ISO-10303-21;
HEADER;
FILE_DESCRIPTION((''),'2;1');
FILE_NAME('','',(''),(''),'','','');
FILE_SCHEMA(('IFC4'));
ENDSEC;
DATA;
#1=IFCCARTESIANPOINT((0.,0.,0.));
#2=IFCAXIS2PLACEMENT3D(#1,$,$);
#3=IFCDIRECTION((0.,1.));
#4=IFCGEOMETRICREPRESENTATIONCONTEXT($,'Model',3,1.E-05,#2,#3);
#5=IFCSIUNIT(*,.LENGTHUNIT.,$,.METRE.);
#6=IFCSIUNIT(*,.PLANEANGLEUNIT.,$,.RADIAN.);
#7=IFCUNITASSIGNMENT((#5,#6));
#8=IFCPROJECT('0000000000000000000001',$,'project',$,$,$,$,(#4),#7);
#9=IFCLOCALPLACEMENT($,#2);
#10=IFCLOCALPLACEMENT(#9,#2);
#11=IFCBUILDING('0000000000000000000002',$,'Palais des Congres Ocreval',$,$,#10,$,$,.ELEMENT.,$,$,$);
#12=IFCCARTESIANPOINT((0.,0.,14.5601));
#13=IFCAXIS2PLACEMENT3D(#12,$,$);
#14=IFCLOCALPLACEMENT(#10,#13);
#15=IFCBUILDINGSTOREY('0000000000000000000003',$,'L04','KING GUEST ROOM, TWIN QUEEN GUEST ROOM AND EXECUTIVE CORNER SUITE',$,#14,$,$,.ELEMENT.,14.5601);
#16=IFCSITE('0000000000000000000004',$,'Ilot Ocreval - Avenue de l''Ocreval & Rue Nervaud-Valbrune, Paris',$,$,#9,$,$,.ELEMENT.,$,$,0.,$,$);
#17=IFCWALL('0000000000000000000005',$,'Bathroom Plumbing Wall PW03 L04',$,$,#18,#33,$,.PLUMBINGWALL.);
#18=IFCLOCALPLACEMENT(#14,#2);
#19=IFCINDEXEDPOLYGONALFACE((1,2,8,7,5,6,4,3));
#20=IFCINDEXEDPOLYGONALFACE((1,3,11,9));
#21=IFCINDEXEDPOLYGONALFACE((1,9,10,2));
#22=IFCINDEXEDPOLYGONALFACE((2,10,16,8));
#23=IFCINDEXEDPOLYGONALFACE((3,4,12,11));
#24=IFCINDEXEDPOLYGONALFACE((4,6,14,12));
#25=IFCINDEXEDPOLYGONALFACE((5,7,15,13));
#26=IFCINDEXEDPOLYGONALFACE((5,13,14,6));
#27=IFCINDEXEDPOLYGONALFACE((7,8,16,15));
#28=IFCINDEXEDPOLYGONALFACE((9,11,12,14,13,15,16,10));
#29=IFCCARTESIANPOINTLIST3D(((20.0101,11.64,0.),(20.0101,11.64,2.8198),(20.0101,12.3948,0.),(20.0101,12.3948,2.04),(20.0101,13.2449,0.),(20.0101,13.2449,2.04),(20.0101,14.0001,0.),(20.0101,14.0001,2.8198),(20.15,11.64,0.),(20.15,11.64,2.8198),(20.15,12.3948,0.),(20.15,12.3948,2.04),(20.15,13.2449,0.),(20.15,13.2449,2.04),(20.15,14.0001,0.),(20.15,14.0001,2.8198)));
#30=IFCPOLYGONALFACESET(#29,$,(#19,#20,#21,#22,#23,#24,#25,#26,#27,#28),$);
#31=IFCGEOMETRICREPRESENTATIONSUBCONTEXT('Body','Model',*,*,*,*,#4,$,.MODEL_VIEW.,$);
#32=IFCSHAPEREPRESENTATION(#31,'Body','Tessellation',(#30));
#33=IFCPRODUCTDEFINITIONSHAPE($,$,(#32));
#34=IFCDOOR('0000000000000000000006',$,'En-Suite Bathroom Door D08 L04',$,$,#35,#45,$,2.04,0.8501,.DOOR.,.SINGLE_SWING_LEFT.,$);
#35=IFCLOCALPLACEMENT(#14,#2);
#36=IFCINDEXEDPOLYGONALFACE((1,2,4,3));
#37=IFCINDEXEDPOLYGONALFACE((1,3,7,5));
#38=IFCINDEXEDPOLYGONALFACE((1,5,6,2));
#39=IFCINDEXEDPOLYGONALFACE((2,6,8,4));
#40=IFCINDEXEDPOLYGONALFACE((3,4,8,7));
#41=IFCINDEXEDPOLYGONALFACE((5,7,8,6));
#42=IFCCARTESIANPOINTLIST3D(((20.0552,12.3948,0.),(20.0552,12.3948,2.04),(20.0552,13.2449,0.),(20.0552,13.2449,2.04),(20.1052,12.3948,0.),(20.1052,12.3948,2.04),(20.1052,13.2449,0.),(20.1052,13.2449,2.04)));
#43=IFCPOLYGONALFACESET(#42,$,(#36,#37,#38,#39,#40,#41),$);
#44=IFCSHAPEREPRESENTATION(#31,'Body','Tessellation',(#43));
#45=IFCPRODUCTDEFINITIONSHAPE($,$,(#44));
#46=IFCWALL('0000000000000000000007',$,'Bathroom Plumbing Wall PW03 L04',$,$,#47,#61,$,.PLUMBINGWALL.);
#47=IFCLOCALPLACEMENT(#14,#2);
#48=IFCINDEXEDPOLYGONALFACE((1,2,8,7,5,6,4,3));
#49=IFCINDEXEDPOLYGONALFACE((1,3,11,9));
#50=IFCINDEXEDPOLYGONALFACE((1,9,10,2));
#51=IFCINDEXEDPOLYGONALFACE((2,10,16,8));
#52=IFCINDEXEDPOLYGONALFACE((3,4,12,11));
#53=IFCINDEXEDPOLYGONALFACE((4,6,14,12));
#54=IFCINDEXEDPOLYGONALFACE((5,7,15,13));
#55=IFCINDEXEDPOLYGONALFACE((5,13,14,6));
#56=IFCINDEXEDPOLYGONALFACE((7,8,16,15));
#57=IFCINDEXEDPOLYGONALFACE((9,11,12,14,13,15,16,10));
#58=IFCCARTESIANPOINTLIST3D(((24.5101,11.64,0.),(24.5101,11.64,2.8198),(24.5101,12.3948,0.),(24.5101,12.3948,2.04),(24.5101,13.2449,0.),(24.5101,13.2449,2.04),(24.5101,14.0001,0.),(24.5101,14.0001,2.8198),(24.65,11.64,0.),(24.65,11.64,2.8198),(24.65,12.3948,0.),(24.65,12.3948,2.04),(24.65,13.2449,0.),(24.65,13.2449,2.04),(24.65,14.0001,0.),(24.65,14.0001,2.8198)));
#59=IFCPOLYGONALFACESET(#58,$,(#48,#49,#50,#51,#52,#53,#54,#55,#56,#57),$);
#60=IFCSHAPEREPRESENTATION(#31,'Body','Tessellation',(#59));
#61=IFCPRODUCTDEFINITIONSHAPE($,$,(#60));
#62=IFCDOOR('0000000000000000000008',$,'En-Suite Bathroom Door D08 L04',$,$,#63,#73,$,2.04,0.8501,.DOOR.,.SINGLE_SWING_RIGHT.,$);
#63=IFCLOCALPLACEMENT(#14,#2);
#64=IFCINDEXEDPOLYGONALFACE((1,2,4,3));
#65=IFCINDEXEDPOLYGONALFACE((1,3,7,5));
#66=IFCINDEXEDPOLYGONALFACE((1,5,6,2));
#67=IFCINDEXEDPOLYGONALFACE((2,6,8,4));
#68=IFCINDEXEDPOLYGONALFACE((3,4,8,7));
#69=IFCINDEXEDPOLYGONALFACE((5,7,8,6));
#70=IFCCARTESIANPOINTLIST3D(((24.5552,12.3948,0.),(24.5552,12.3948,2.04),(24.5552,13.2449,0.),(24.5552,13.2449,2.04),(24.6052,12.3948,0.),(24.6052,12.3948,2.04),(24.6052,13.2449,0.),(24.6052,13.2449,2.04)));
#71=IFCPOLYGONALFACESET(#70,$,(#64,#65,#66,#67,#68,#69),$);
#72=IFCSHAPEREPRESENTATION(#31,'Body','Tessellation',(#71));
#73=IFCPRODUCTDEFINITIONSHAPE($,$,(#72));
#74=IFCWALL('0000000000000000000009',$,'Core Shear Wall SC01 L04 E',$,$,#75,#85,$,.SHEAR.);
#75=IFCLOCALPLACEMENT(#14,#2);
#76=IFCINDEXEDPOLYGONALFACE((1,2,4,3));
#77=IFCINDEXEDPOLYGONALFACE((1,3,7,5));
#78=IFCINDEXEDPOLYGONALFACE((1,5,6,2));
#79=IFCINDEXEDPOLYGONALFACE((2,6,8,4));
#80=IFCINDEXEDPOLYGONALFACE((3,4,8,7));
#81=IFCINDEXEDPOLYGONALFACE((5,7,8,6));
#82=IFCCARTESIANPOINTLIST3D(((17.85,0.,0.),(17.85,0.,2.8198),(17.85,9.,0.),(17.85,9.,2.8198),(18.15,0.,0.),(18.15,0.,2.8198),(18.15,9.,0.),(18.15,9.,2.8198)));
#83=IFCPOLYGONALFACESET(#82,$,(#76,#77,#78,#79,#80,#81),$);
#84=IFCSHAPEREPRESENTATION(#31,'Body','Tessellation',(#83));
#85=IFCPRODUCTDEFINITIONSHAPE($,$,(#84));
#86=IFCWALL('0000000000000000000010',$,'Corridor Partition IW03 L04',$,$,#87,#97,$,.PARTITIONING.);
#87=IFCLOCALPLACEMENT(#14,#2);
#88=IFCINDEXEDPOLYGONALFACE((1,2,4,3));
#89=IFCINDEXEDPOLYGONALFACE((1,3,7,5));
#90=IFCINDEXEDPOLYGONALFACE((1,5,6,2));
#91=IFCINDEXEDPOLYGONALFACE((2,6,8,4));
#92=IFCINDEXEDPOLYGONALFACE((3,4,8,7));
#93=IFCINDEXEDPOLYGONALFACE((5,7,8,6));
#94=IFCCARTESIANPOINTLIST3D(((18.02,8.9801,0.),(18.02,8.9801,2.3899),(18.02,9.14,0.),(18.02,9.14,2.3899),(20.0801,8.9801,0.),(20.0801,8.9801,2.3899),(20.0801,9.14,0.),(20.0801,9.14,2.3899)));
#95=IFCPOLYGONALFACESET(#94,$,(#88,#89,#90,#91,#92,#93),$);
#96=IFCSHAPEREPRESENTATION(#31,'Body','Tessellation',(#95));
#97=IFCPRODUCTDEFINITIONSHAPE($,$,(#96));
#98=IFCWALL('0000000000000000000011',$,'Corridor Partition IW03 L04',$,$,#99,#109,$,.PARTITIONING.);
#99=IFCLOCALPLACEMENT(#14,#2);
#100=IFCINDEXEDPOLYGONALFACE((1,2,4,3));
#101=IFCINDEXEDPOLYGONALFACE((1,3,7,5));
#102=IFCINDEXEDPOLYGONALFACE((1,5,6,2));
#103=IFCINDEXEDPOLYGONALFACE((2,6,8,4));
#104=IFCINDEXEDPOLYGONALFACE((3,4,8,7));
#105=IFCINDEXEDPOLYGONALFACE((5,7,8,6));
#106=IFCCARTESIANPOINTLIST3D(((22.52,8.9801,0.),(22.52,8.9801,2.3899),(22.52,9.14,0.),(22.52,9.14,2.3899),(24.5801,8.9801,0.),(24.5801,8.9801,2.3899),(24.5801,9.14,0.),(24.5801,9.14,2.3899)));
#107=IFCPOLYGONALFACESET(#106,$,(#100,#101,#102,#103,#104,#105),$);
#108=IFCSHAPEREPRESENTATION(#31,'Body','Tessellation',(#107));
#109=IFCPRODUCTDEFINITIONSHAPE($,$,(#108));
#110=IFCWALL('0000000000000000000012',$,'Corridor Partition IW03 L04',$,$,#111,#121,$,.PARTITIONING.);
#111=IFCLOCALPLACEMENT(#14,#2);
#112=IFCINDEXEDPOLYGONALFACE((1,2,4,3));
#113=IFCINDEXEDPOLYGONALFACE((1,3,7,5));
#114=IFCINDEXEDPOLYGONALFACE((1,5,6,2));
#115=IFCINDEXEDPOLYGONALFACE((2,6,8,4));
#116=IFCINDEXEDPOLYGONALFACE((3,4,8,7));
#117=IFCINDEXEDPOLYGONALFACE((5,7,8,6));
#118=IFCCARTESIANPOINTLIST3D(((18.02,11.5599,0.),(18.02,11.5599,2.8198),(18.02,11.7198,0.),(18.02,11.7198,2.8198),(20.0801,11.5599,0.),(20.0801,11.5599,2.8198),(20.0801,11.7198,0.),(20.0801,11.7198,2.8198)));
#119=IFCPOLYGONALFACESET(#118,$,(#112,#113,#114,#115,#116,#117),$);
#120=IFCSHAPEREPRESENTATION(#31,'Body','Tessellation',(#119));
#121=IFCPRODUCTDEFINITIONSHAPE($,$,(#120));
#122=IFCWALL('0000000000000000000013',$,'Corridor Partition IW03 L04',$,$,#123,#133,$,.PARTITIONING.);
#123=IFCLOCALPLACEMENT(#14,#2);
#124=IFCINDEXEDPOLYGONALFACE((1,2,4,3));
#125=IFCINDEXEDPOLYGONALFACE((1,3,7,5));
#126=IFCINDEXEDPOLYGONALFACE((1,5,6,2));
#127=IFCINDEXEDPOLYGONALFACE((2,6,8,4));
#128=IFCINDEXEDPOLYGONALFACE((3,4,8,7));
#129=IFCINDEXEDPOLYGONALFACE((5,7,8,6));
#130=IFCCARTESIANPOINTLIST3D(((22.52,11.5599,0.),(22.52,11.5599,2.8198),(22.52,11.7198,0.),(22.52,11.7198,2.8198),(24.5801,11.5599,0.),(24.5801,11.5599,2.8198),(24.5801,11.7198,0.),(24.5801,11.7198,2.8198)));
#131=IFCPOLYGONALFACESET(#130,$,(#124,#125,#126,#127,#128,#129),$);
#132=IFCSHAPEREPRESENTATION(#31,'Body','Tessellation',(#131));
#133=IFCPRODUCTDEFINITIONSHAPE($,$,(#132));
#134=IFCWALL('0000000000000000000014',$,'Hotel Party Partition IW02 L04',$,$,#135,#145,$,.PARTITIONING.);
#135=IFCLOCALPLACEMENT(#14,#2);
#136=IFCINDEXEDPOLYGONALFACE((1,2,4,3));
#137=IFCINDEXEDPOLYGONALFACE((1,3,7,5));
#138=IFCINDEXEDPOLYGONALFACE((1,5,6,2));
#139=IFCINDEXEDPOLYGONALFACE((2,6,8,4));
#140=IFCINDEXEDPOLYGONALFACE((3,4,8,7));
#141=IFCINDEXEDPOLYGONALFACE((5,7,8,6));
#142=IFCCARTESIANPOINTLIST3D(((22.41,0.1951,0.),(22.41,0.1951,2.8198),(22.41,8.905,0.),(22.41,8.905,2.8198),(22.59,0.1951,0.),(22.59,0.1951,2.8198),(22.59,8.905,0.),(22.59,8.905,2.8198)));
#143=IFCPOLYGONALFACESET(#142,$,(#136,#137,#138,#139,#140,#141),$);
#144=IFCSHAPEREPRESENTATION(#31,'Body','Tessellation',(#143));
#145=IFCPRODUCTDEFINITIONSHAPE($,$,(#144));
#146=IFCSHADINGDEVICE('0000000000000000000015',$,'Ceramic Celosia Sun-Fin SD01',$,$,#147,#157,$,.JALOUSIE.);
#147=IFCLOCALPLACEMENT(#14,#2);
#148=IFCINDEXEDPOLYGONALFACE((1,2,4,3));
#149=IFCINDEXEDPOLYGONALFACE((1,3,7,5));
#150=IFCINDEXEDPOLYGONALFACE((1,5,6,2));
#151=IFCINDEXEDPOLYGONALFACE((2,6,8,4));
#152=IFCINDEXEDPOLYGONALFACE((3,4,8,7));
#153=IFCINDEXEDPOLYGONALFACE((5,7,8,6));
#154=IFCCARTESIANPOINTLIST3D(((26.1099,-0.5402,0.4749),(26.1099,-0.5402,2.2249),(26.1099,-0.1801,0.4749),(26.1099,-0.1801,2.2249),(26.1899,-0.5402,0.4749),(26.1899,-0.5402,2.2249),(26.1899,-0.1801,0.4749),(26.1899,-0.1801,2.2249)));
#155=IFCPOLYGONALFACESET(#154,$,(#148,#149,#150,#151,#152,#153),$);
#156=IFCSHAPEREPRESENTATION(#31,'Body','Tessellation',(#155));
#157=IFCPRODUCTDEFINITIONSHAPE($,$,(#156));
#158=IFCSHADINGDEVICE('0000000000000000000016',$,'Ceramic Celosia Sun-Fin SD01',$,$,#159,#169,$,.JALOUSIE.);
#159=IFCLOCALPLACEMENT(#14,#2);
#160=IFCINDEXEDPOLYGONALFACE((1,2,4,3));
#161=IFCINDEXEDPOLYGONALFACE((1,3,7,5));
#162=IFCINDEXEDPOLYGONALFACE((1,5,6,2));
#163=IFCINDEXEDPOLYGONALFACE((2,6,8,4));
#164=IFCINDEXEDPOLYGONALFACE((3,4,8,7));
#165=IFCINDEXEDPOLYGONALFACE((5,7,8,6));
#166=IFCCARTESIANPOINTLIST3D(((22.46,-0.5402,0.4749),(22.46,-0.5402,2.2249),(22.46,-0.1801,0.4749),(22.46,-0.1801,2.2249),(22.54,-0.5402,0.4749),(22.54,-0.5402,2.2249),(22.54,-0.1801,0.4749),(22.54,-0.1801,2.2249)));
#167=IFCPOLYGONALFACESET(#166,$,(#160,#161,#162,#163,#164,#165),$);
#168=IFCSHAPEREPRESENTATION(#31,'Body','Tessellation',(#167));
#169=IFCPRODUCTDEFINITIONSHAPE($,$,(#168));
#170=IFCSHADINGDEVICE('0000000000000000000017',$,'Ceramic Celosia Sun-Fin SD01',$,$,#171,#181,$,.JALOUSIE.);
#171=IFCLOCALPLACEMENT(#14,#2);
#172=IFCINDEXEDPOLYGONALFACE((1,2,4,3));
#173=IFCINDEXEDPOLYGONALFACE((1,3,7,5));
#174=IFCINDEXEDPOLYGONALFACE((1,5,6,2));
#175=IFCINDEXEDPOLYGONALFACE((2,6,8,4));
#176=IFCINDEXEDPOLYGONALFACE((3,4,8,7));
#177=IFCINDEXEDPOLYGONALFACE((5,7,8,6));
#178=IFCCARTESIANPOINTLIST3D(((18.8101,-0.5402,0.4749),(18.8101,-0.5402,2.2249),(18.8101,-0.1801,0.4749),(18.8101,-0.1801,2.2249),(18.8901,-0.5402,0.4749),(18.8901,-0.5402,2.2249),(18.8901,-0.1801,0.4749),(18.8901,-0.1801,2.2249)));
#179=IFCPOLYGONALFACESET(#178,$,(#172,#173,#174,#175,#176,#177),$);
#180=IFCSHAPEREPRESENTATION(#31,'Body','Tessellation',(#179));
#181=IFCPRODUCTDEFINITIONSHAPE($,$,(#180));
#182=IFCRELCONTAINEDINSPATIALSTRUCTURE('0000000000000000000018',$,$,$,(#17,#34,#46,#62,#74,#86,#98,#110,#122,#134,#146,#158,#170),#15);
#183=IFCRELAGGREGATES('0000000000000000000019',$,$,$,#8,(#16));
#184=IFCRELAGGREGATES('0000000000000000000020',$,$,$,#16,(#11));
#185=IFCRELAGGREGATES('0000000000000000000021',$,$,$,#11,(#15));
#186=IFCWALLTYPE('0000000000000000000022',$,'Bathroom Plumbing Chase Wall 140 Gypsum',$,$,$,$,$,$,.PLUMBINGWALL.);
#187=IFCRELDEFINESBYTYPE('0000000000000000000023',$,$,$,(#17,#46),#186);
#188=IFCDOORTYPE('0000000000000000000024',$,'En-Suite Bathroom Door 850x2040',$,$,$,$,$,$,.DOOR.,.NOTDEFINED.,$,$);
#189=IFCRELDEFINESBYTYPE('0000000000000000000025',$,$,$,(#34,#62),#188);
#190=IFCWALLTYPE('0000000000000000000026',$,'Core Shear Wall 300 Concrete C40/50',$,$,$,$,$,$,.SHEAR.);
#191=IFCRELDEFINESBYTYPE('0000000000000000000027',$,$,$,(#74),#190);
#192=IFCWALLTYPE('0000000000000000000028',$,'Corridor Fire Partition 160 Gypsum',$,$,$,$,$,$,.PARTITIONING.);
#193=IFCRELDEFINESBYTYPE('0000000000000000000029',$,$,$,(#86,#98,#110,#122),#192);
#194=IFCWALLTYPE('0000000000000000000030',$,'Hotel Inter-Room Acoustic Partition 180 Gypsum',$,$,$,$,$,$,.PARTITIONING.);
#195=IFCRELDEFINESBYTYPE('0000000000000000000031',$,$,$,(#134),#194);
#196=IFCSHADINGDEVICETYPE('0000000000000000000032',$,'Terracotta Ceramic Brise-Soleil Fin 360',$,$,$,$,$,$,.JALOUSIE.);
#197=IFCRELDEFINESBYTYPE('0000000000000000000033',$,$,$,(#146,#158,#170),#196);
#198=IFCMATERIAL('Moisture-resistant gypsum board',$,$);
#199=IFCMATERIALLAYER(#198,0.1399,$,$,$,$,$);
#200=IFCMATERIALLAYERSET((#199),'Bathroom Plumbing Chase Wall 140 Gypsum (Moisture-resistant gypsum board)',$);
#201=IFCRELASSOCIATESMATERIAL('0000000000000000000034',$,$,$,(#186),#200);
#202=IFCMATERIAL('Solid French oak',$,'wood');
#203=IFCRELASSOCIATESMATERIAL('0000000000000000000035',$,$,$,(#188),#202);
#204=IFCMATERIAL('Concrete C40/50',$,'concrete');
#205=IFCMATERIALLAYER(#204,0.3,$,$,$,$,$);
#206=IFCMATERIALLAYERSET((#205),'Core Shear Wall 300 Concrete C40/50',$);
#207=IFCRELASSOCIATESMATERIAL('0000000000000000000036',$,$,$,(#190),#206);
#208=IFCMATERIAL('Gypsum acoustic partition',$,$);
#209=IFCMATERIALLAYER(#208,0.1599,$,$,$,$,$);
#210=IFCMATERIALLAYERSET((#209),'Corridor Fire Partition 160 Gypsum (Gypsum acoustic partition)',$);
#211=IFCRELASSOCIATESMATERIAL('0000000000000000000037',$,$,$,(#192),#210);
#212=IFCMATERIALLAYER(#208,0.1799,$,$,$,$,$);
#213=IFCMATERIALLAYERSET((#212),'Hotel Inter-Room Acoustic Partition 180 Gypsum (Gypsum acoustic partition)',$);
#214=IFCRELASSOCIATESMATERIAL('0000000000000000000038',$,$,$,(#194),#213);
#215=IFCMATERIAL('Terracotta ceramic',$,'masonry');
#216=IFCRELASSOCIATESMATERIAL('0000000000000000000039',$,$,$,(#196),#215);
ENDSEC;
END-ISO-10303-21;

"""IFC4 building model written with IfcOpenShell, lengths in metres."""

from ifc_helpers import new_model, si_unit, direction, frame, frame_2d, origin, origin_2d, place, context, subcontext, project, spatial, rectangle, extrude, material, layer, layer_set, type_object, element, fill, save


model = new_model("IFC4")

# Units and contexts
model_context = context("Model", 3, precision=1e-05, world=origin(), true_north=direction((0.0, 1.0)))
body_context = subcontext(model_context, "Body", "Model", "MODEL_VIEW")
ifc_project = project(units=[si_unit("LENGTHUNIT", "METRE"), si_unit("PLANEANGLEUNIT", "RADIAN")], contexts=[model_context])

# Site, building, storey
site_placement = place(None, origin())
site = spatial("IfcSite", under=ifc_project, at=site_placement, Name="Ilot Ocreval - Avenue de l'Ocreval & Rue Nervaud-Valbrune, Paris", CompositionType="ELEMENT", RefElevation=0.0)
building_placement = place(site_placement, origin())
building = spatial("IfcBuilding", under=site, at=building_placement, Name="Palais des Congres Ocreval", CompositionType="ELEMENT")
storey_placement = place(building_placement, frame((0.0, 0.0, 14.5601)))
storey = spatial("IfcBuildingStorey", under=building, at=storey_placement, Name="L04", Description="KING GUEST ROOM, TWIN QUEEN GUEST ROOM AND EXECUTIVE CORNER SUITE", CompositionType="ELEMENT", Elevation=14.5601)

# Shared definitions
ifc_material_1 = material(Name="Concrete C40/50", Category="concrete")

# Shared definitions
ifc_material_2 = material(Name="Moisture-resistant gypsum board")
ifc_layer_1 = layer(ifc_material_2, 0.1399)
ifc_layer_set_1 = layer_set([ifc_layer_1], Name="Bathroom Plumbing Chase Wall 140 Gypsum (Moisture-resistant gypsum board)")
wall_type_1 = type_object("IfcWallType", Name="Bathroom Plumbing Chase Wall 140 Gypsum", PredefinedType="PLUMBINGWALL", material=ifc_layer_set_1)
ifc_material_3 = material(Name="Solid French oak", Category="wood")
door_type_1 = type_object("IfcDoorType", Name="En-Suite Bathroom Door 850x2040", OperationType="NOTDEFINED", PredefinedType="DOOR", material=ifc_material_3)

# Walls, openings, doors
wall_1_placement = place(storey_placement, frame((20.0801, 11.6399, 0.0), z_axis=(0.0, 0.0, 1.0), x_axis=(0.0, 1.0, 0.0)))
wall_1 = element("IfcWall", 1, at=wall_1_placement, inside=storey, type_object=wall_type_1, Name="Bathroom Plumbing Wall PW03 L04", PredefinedType="PLUMBINGWALL", context=body_context, shape_type="SweptSolid", body=[
    extrude(rectangle(XDim=2.3601, YDim=0.1399, at=frame_2d((1.1802, 0.0))), origin(), (0.0, 0.0, 1.0), 2.8198),
])
opening_1_placement = place(wall_1_placement, frame((0.7549, 0.0, 0.0)))
opening_1 = element("IfcOpeningElement", 2, at=opening_1_placement, cuts=wall_1, PredefinedType="OPENING", context=body_context, shape_type="SweptSolid", body=[
    extrude(rectangle(XDim=0.8501, YDim=2.04, at=frame_2d((0.425, 1.02))), frame((0.0, 0.0798, 0.0), z_axis=(0.0, -1.0, 0.0), x_axis=(1.0, 0.0, 0.0)), (0.0, 0.0, 1.0), 0.1599),
])
door_1_placement = place(opening_1_placement, origin())
door_1 = element("IfcDoor", 3, at=door_1_placement, inside=storey, type_object=door_type_1, Name="En-Suite Bathroom Door D08 L04", OperationType="SINGLE_SWING_LEFT", OverallHeight=2.04, OverallWidth=0.8501, PredefinedType="DOOR", context=body_context, shape_type="SweptSolid", body=[
    extrude(rectangle(XDim=0.8501, YDim=2.04, at=frame_2d((0.425, 1.02))), frame((0.0, 0.0249, 0.0), z_axis=(0.0, -1.0, 0.0), x_axis=(1.0, 0.0, 0.0)), (0.0, 0.0, 1.0), 0.05),
])
fill(opening_1, door_1)
wall_2_placement = place(storey_placement, frame((24.5801, 11.6399, 0.0), z_axis=(0.0, 0.0, 1.0), x_axis=(0.0, 1.0, 0.0)))
wall_2 = element("IfcWall", 4, at=wall_2_placement, inside=storey, type_object=wall_type_1, Name="Bathroom Plumbing Wall PW03 L04", PredefinedType="PLUMBINGWALL", context=body_context, shape_type="SweptSolid", body=[
    extrude(rectangle(XDim=2.3601, YDim=0.1399, at=frame_2d((1.1802, 0.0))), origin(), (0.0, 0.0, 1.0), 2.8198),
])
opening_2_placement = place(wall_2_placement, frame((0.7549, 0.0, 0.0)))
opening_2 = element("IfcOpeningElement", 5, at=opening_2_placement, cuts=wall_2, PredefinedType="OPENING", context=body_context, shape_type="SweptSolid", body=[
    extrude(rectangle(XDim=0.8501, YDim=2.04, at=frame_2d((0.425, 1.02))), frame((0.0, 0.0798, 0.0), z_axis=(0.0, -1.0, 0.0), x_axis=(1.0, 0.0, 0.0)), (0.0, 0.0, 1.0), 0.1599),
])
door_2_placement = place(opening_2_placement, origin())
door_2 = element("IfcDoor", 6, at=door_2_placement, inside=storey, type_object=door_type_1, Name="En-Suite Bathroom Door D08 L04", OperationType="SINGLE_SWING_RIGHT", OverallHeight=2.04, OverallWidth=0.8501, PredefinedType="DOOR", context=body_context, shape_type="SweptSolid", body=[
    extrude(rectangle(XDim=0.8501, YDim=2.04, at=frame_2d((0.425, 1.02))), frame((0.0, 0.0249, 0.0), z_axis=(0.0, -1.0, 0.0), x_axis=(1.0, 0.0, 0.0)), (0.0, 0.0, 1.0), 0.05),
])
fill(opening_2, door_2)

# Walls
ifc_layer_2 = layer(ifc_material_1, 0.3)
ifc_layer_set_2 = layer_set([ifc_layer_2], Name="Core Shear Wall 300 Concrete C40/50")
wall_type_2 = type_object("IfcWallType", Name="Core Shear Wall 300 Concrete C40/50", PredefinedType="SHEAR", material=ifc_layer_set_2)
wall_3_placement = place(storey_placement, frame((18.0, 0.0, 0.0), z_axis=(0.0, 0.0, 1.0), x_axis=(0.0, 1.0, 0.0)))
element("IfcWall", 7, at=wall_3_placement, inside=storey, type_object=wall_type_2, Name="Core Shear Wall SC01 L04 E", PredefinedType="SHEAR", context=body_context, shape_type="SweptSolid", body=[
    extrude(rectangle(XDim=9.0, YDim=0.3, at=frame_2d((4.5, 0.0))), origin(), (0.0, 0.0, 1.0), 2.8198),
])
ifc_material_4 = material(Name="Gypsum acoustic partition")
ifc_layer_3 = layer(ifc_material_4, 0.1599)
ifc_layer_set_3 = layer_set([ifc_layer_3], Name="Corridor Fire Partition 160 Gypsum (Gypsum acoustic partition)")
wall_type_3 = type_object("IfcWallType", Name="Corridor Fire Partition 160 Gypsum", PredefinedType="PARTITIONING", material=ifc_layer_set_3)
for number, where, z_axis, x_axis, name in (
    (8, (18.02, 9.0601, 0.0), (0.0, 0.0, 1.0), (1.0, 0.0, 0.0), "Corridor Partition IW03 L04"),
    (9, (22.52, 9.0601, 0.0), (0.0, 0.0, 1.0), (1.0, 0.0, 0.0), "Corridor Partition IW03 L04"),
):
    element("IfcWall", number, at=place(storey_placement, frame(where, z_axis=z_axis, x_axis=x_axis)), inside=storey, type_object=wall_type_3, Name=name, PredefinedType="PARTITIONING", context=body_context, shape_type="SweptSolid", body=[
        extrude(rectangle(XDim=2.0601, YDim=0.1599, at=frame_2d((1.03, 0.0))), origin(), (0.0, 0.0, 1.0), 2.3899),
    ])
for number, where, z_axis, x_axis, name in (
    (10, (18.02, 11.6399, 0.0), (0.0, 0.0, 1.0), (1.0, 0.0, 0.0), "Corridor Partition IW03 L04"),
    (11, (22.52, 11.6399, 0.0), (0.0, 0.0, 1.0), (1.0, 0.0, 0.0), "Corridor Partition IW03 L04"),
):
    element("IfcWall", number, at=place(storey_placement, frame(where, z_axis=z_axis, x_axis=x_axis)), inside=storey, type_object=wall_type_3, Name=name, PredefinedType="PARTITIONING", context=body_context, shape_type="SweptSolid", body=[
        extrude(rectangle(XDim=2.0601, YDim=0.1599, at=frame_2d((1.03, 0.0))), origin(), (0.0, 0.0, 1.0), 2.8198),
    ])

# Wall
ifc_layer_4 = layer(ifc_material_4, 0.1799)
ifc_layer_set_4 = layer_set([ifc_layer_4], Name="Hotel Inter-Room Acoustic Partition 180 Gypsum (Gypsum acoustic partition)")
wall_type_4 = type_object("IfcWallType", Name="Hotel Inter-Room Acoustic Partition 180 Gypsum", PredefinedType="PARTITIONING", material=ifc_layer_set_4)
wall_4_placement = place(storey_placement, frame((22.5, 0.1951, 0.0), z_axis=(0.0, 0.0, 1.0), x_axis=(0.0, 1.0, 0.0)))
element("IfcWall", 12, at=wall_4_placement, inside=storey, type_object=wall_type_4, Name="Hotel Party Partition IW02 L04", PredefinedType="PARTITIONING", context=body_context, shape_type="SweptSolid", body=[
    extrude(rectangle(XDim=8.71, YDim=0.1799, at=frame_2d((4.355, 0.0))), origin(), (0.0, 0.0, 1.0), 2.8198),
])

# Shading devices
ifc_material_5 = material(Name="Terracotta ceramic", Category="masonry")
shading_device_type = type_object("IfcShadingDeviceType", Name="Terracotta Ceramic Brise-Soleil Fin 360", PredefinedType="JALOUSIE", material=ifc_material_5)
for number, where, z_axis, x_axis, name in (
    (13, (26.1499, -0.3601, 0.4749), (0.0, 0.0, 1.0), (0.0, -1.0, 0.0), "Ceramic Celosia Sun-Fin SD01"),
    (14, (22.5, -0.3601, 0.4749), (0.0, 0.0, 1.0), (0.0, -1.0, 0.0), "Ceramic Celosia Sun-Fin SD01"),
    (15, (18.8501, -0.3601, 0.4749), (0.0, 0.0, 1.0), (0.0, -1.0, 0.0), "Ceramic Celosia Sun-Fin SD01"),
):
    element("IfcShadingDevice", number, at=place(storey_placement, frame(where, z_axis=z_axis, x_axis=x_axis)), inside=storey, type_object=shading_device_type, Name=name, PredefinedType="JALOUSIE", context=body_context, shape_type="SweptSolid", body=[
        extrude(rectangle(XDim=0.3601, YDim=0.0801, at=origin_2d()), origin(), (0.0, 0.0, 1.0), 1.75),
    ])

save(model, "model.ifc")
